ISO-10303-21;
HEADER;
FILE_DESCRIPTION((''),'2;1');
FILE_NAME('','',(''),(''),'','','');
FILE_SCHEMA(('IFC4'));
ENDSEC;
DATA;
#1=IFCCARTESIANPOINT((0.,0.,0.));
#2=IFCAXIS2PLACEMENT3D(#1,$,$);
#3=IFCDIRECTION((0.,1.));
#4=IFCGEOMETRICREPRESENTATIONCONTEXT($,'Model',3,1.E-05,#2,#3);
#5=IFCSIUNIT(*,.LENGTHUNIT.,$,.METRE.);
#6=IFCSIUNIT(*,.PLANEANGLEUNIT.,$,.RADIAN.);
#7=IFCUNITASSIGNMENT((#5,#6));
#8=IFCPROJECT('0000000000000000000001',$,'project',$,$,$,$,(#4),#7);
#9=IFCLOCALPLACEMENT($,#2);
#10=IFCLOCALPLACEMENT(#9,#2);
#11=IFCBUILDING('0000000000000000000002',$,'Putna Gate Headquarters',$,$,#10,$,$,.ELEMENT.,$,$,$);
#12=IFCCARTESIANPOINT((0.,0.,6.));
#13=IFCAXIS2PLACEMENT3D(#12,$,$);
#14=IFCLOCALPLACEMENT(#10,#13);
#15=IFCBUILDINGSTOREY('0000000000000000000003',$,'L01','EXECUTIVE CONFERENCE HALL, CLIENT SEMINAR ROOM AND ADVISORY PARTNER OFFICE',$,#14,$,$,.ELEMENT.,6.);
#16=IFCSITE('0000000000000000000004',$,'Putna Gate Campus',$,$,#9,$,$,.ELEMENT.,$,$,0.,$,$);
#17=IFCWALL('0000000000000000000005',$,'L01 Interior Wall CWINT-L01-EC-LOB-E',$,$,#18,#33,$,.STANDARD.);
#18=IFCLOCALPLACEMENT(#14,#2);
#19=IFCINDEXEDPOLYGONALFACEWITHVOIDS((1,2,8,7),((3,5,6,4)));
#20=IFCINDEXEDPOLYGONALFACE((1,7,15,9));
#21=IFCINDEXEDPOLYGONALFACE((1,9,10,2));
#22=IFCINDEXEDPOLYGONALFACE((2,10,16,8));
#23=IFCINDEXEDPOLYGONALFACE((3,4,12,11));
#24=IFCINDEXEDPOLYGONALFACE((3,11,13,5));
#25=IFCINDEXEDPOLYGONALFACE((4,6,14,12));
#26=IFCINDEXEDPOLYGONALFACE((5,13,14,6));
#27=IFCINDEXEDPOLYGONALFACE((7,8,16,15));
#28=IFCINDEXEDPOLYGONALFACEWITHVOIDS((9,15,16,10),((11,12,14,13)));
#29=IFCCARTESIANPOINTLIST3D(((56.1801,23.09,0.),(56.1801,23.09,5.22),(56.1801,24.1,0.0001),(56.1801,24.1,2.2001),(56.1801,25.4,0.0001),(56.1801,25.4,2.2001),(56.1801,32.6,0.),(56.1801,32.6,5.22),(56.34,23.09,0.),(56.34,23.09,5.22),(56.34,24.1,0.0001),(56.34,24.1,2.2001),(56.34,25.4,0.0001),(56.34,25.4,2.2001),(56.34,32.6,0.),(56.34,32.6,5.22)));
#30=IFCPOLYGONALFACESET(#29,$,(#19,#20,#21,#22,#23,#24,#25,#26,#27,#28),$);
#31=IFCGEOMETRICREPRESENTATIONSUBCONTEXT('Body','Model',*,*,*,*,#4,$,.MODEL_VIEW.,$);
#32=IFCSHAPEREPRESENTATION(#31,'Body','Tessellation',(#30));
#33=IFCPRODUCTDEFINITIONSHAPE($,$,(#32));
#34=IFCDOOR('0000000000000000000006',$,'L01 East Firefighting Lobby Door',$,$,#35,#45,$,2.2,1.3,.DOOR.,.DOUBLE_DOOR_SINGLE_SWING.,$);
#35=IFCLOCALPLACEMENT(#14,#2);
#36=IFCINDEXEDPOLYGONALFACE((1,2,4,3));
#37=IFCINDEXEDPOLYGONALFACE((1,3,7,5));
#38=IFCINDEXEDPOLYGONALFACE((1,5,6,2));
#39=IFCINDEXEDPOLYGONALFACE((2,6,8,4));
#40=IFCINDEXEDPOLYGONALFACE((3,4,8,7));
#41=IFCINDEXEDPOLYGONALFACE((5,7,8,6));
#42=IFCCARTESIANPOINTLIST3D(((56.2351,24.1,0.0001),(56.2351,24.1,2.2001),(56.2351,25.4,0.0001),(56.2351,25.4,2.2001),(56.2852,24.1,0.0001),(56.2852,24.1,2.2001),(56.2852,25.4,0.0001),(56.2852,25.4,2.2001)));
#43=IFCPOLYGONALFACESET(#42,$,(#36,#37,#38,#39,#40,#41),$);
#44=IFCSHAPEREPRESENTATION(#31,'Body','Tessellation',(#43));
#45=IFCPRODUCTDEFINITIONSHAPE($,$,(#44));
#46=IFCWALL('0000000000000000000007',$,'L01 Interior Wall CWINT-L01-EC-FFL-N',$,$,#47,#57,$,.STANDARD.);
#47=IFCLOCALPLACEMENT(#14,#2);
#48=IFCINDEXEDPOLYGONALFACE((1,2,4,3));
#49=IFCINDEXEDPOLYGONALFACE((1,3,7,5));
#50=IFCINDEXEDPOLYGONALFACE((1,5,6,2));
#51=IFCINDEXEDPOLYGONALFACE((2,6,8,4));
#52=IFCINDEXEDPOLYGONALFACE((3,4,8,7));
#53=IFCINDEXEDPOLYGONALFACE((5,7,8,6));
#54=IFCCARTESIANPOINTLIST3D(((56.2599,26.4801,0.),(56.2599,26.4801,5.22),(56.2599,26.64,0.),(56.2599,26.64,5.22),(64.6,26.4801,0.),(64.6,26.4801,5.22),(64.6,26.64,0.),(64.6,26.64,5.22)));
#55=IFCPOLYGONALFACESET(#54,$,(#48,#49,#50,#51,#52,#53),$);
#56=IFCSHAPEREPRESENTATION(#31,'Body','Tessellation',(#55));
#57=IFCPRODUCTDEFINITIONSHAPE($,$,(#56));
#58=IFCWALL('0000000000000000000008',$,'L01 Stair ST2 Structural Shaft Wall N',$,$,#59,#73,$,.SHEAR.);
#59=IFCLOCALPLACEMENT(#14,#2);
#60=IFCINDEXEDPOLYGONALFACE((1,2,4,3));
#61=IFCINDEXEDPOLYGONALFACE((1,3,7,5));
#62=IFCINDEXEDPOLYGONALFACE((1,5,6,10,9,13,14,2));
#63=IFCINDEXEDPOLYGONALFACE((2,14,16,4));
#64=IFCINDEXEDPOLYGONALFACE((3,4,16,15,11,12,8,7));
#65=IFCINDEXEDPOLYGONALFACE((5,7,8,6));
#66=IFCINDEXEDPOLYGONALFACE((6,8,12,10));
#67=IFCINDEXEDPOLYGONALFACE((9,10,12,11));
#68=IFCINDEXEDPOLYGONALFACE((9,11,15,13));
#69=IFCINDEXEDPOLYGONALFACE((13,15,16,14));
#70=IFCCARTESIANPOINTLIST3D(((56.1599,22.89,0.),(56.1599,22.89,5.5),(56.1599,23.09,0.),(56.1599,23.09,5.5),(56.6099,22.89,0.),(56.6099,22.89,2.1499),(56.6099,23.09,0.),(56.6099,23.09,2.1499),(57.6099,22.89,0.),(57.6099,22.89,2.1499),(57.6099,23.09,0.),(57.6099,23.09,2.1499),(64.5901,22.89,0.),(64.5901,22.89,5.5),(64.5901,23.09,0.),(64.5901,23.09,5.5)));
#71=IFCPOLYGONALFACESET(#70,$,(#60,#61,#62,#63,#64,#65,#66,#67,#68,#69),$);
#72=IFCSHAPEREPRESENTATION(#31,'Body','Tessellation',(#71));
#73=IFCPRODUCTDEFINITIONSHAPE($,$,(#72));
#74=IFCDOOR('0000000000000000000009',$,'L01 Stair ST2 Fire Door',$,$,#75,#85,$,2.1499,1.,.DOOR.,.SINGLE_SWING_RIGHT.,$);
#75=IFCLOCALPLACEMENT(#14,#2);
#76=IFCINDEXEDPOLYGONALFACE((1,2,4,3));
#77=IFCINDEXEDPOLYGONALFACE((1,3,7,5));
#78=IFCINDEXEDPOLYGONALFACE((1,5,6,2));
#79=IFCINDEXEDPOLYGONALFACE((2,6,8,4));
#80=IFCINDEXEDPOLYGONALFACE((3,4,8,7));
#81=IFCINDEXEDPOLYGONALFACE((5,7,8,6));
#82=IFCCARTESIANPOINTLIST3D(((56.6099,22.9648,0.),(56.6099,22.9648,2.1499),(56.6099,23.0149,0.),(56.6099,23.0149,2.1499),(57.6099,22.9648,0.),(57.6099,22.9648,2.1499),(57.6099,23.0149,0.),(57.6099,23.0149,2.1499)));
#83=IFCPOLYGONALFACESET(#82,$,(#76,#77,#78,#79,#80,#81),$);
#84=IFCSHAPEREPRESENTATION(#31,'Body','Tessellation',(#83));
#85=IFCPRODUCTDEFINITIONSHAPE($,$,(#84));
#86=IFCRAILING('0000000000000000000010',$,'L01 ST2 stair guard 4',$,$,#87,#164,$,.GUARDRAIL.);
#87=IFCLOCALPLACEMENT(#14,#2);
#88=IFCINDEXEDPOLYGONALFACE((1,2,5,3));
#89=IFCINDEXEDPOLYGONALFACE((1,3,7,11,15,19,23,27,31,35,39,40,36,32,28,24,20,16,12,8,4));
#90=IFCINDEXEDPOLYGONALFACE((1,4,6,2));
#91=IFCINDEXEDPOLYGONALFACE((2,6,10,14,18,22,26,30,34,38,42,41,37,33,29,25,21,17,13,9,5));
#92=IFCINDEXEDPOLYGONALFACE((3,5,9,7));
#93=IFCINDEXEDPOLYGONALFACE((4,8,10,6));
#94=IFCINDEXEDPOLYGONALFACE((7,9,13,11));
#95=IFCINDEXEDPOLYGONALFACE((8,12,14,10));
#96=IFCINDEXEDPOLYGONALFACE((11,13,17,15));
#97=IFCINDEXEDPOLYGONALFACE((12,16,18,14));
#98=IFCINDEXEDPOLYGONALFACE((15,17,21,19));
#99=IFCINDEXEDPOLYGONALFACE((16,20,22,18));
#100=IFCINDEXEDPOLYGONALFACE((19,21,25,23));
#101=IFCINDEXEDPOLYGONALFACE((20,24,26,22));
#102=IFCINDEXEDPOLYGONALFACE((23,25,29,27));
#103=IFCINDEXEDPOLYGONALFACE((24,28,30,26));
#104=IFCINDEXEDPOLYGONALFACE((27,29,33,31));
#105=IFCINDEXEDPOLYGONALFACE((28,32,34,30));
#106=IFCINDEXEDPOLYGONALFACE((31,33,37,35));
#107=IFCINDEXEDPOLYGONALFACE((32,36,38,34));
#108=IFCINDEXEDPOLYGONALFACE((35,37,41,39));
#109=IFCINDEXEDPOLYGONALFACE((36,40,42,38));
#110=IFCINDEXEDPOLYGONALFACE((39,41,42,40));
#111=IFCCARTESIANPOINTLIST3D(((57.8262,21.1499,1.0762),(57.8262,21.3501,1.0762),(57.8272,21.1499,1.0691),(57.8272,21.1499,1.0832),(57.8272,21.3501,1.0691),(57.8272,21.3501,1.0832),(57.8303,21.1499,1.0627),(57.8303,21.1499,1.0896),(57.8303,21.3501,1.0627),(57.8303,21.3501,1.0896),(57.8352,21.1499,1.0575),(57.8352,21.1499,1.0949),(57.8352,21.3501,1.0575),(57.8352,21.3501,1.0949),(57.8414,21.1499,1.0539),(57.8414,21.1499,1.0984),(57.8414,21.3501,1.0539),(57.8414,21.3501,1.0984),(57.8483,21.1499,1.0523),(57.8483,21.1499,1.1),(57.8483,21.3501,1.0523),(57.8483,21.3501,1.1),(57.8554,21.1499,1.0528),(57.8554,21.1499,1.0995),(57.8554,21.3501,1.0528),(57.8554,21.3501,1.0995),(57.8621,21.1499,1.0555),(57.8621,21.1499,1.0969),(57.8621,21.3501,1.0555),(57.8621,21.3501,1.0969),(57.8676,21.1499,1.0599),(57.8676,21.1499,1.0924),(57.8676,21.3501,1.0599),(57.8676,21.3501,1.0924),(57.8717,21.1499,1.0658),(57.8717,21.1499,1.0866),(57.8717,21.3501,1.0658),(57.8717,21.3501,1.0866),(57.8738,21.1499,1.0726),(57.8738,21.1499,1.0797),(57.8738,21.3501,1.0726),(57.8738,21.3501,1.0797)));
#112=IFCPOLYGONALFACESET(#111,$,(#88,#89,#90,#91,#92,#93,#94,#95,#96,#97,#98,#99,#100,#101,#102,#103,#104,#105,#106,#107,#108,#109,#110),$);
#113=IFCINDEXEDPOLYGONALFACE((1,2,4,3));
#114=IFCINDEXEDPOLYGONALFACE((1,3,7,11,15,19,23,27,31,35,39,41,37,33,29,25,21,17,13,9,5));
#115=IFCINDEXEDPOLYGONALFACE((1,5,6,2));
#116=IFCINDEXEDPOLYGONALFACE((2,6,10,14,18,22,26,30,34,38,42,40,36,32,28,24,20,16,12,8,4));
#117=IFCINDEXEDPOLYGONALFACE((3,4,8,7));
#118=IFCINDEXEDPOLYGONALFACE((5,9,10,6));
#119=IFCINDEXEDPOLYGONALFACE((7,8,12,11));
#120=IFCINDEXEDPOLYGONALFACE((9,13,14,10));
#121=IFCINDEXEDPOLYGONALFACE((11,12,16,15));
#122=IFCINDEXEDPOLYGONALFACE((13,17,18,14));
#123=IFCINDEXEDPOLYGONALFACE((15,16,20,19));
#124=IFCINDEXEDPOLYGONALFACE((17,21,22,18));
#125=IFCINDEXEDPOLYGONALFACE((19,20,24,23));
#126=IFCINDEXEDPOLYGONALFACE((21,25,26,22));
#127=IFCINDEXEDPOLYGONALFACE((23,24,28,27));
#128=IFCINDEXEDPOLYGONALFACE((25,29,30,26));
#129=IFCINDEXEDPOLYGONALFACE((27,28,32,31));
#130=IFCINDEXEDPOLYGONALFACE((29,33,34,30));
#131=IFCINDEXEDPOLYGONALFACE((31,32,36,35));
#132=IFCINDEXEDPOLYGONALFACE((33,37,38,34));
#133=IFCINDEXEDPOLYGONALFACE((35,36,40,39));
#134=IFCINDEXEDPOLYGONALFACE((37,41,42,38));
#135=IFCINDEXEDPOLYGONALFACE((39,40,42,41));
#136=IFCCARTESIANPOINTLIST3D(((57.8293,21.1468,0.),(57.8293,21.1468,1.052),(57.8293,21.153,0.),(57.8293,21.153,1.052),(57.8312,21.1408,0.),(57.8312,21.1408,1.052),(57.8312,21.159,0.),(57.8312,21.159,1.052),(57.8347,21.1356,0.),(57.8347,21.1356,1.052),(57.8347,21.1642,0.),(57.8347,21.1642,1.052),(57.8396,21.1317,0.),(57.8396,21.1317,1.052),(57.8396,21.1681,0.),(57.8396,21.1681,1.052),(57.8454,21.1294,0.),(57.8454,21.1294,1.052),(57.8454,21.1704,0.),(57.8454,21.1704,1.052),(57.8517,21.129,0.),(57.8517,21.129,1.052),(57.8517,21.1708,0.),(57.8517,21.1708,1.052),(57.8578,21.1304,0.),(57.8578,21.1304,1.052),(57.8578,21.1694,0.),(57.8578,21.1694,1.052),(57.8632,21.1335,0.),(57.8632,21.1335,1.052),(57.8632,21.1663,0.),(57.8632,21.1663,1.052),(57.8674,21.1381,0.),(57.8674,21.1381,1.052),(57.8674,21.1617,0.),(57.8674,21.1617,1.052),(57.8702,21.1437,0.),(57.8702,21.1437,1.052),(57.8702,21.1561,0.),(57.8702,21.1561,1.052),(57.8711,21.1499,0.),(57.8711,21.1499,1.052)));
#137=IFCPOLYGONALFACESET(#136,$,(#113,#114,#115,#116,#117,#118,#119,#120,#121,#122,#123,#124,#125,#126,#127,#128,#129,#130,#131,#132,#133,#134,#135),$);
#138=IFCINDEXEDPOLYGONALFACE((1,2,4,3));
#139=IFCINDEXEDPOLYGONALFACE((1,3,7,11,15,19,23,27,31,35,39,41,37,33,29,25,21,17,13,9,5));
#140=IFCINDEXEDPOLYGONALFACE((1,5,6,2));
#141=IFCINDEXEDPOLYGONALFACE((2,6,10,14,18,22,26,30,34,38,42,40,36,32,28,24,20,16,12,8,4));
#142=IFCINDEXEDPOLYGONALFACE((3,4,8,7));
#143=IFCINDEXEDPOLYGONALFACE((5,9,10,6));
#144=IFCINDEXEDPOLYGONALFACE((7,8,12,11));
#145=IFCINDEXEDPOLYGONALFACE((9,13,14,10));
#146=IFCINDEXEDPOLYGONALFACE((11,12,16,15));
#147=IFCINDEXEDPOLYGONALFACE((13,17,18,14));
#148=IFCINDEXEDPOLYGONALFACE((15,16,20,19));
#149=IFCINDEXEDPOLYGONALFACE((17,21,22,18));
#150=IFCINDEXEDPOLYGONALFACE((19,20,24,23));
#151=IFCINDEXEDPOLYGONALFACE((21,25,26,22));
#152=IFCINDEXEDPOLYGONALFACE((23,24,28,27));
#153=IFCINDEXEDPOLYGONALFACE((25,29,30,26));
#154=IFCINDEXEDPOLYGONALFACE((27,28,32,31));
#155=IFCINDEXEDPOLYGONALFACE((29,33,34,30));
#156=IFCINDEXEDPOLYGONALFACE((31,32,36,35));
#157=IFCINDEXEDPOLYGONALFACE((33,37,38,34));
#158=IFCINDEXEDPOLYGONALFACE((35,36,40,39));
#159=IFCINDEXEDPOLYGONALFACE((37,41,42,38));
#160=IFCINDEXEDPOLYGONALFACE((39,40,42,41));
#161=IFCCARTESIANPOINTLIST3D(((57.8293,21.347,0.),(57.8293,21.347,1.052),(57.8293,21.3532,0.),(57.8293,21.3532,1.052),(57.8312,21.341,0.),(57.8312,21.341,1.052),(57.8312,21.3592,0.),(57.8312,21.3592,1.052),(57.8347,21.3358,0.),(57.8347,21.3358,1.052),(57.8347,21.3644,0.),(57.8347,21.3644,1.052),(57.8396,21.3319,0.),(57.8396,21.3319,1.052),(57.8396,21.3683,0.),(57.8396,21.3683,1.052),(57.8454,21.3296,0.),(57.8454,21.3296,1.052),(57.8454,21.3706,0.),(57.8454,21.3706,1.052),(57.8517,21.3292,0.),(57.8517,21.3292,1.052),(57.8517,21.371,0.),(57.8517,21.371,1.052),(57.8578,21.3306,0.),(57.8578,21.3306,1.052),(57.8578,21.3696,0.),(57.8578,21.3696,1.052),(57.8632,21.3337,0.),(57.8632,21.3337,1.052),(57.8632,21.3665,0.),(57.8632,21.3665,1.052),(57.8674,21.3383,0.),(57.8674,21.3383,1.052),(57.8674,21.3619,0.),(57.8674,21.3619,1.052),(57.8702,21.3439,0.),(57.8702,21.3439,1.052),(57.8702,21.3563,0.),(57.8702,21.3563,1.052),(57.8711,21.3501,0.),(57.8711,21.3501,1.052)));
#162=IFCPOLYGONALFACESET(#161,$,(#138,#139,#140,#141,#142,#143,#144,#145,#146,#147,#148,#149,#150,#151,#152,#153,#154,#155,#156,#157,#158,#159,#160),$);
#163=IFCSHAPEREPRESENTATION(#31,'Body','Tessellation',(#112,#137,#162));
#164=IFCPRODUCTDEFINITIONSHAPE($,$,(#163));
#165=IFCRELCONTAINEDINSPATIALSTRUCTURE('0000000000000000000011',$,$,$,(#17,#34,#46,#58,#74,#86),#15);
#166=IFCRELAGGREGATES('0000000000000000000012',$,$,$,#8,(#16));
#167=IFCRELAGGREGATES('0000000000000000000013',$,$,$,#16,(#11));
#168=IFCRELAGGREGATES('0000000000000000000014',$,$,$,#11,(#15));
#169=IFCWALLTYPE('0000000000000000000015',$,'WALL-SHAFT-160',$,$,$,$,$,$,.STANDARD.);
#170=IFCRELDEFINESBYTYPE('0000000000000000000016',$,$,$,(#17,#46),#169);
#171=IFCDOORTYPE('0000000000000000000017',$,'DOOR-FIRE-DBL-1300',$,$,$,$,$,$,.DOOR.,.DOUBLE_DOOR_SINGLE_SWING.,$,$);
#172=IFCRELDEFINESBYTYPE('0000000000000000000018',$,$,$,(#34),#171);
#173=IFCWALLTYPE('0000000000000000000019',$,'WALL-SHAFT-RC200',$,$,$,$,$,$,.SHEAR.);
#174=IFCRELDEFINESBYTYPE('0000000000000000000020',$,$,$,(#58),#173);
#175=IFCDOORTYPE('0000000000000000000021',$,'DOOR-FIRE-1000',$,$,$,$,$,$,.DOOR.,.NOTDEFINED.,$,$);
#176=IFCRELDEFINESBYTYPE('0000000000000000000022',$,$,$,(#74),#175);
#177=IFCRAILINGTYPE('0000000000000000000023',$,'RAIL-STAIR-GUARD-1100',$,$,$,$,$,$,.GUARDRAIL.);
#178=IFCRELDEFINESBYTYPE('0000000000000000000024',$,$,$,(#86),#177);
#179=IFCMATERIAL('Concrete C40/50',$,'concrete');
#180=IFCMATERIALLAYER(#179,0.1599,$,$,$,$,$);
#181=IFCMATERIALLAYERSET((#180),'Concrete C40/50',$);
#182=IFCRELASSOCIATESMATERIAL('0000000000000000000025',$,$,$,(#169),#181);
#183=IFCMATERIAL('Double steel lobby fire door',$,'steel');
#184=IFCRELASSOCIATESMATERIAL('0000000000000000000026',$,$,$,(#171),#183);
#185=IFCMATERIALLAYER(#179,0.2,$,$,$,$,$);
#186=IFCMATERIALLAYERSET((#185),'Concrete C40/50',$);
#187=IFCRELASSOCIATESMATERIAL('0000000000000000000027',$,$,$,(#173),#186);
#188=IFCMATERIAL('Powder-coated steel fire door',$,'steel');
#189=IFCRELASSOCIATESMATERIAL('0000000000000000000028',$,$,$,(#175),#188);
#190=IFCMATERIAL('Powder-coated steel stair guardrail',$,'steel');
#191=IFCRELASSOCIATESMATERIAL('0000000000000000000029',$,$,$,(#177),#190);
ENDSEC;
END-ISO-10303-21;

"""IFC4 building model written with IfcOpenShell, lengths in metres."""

from ifc_helpers import new_model, si_unit, direction, frame, frame_2d, origin, origin_2d, place, context, subcontext, project, spatial, rectangle, circle, extrude, material, layer, layer_set, type_object, element, fill, save


model = new_model("IFC4")

# Units and contexts
model_context = context("Model", 3, precision=1e-05, world=origin(), true_north=direction((0.0, 1.0)))
body_context = subcontext(model_context, "Body", "Model", "MODEL_VIEW")
ifc_project = project(units=[si_unit("LENGTHUNIT", "METRE"), si_unit("PLANEANGLEUNIT", "RADIAN")], contexts=[model_context])

# Site, building, storey
site_placement = place(None, origin())
site = spatial("IfcSite", under=ifc_project, at=site_placement, Name="Putna Gate Campus", CompositionType="ELEMENT", RefElevation=0.0)
building_placement = place(site_placement, origin())
building = spatial("IfcBuilding", under=site, at=building_placement, Name="Putna Gate Headquarters", CompositionType="ELEMENT")
storey_placement = place(building_placement, frame((0.0, 0.0, 6.0)))
storey = spatial("IfcBuildingStorey", under=building, at=storey_placement, Name="L01", Description="EXECUTIVE CONFERENCE HALL, CLIENT SEMINAR ROOM AND ADVISORY PARTNER OFFICE", CompositionType="ELEMENT", Elevation=6.0)

# Wall, opening, door
ifc_material_1 = material(Name="Concrete C40/50", Category="concrete")
ifc_layer_1 = layer(ifc_material_1, 0.1599)
ifc_layer_set_1 = layer_set([ifc_layer_1], Name="Concrete C40/50")
wall_type_1 = type_object("IfcWallType", Name="WALL-SHAFT-160", PredefinedType="STANDARD", material=ifc_layer_set_1)
wall_1_placement = place(storey_placement, frame((56.26, 23.0901, 0.0), z_axis=(0.0, 0.0, 1.0), x_axis=(0.0, 1.0, 0.0)))
wall_1 = element("IfcWall", 1, at=wall_1_placement, inside=storey, type_object=wall_type_1, Name="L01 Interior Wall CWINT-L01-EC-LOB-E", PredefinedType="STANDARD", context=body_context, shape_type="SweptSolid", body=[
    extrude(rectangle(XDim=9.51, YDim=0.1599, at=frame_2d((4.7549, 0.0))), origin(), (0.0, 0.0, 1.0), 5.22),
])
opening_1_placement = place(wall_1_placement, frame((1.01, 0.0, 0.0)))
opening_1 = element("IfcOpeningElement", 2, at=opening_1_placement, cuts=wall_1, PredefinedType="OPENING", context=body_context, shape_type="SweptSolid", body=[
    extrude(rectangle(XDim=1.3, YDim=2.2, at=frame_2d((0.6499, 1.1001))), frame((0.0, 0.0898, 0.0), z_axis=(0.0, -1.0, 0.0), x_axis=(1.0, 0.0, 0.0)), (0.0, 0.0, 1.0), 0.1799),
])
ifc_material_2 = material(Name="Double steel lobby fire door", Category="steel")
door_type_1 = type_object("IfcDoorType", Name="DOOR-FIRE-DBL-1300", OperationType="DOUBLE_DOOR_SINGLE_SWING", PredefinedType="DOOR", material=ifc_material_2)
door_1_placement = place(opening_1_placement, origin())
door_1 = element("IfcDoor", 3, at=door_1_placement, inside=storey, type_object=door_type_1, Name="L01 East Firefighting Lobby Door", OperationType="DOUBLE_DOOR_SINGLE_SWING", OverallHeight=2.2, OverallWidth=1.3, PredefinedType="DOOR", context=body_context, shape_type="SweptSolid", body=[
    extrude(rectangle(XDim=1.3, YDim=2.2, at=frame_2d((0.6499, 1.1001))), frame((0.0, 0.0249, 0.0), z_axis=(0.0, -1.0, 0.0), x_axis=(1.0, 0.0, 0.0)), (0.0, 0.0, 1.0), 0.05),
])
fill(opening_1, door_1)

# Wall
wall_2_placement = place(storey_placement, frame((56.26, 26.5601, 0.0), z_axis=(0.0, 0.0, 1.0), x_axis=(1.0, 0.0, 0.0)))
element("IfcWall", 4, at=wall_2_placement, inside=storey, type_object=wall_type_1, Name="L01 Interior Wall CWINT-L01-EC-FFL-N", PredefinedType="STANDARD", context=body_context, shape_type="SweptSolid", body=[
    extrude(rectangle(XDim=8.3401, YDim=0.1599, at=frame_2d((4.1699, 0.0))), origin(), (0.0, 0.0, 1.0), 5.22),
])

# Wall, opening, door
ifc_layer_2 = layer(ifc_material_1, 0.2)
ifc_layer_set_2 = layer_set([ifc_layer_2], Name="Concrete C40/50")
wall_type_2 = type_object("IfcWallType", Name="WALL-SHAFT-RC200", PredefinedType="SHEAR", material=ifc_layer_set_2)
wall_3_placement = place(storey_placement, frame((56.1599, 22.99, 0.0), z_axis=(0.0, 0.0, 1.0), x_axis=(1.0, 0.0, 0.0)))
wall_3 = element("IfcWall", 5, at=wall_3_placement, inside=storey, type_object=wall_type_2, Name="L01 Stair ST2 Structural Shaft Wall N", PredefinedType="SHEAR", context=body_context, shape_type="SweptSolid", body=[
    extrude(rectangle(XDim=8.4302, YDim=0.2, at=frame_2d((4.2151, 0.0))), origin(), (0.0, 0.0, 1.0), 5.5),
])
opening_2_placement = place(wall_3_placement, frame((0.45, 0.0, 0.0)))
opening_2 = element("IfcOpeningElement", 6, at=opening_2_placement, cuts=wall_3, PredefinedType="OPENING", context=body_context, shape_type="SweptSolid", body=[
    extrude(rectangle(XDim=1.0, YDim=2.1499, at=frame_2d((0.5, 1.075))), frame((0.0, 0.1099, 0.0), z_axis=(0.0, -1.0, 0.0), x_axis=(1.0, 0.0, 0.0)), (0.0, 0.0, 1.0), 0.22),
])
ifc_material_3 = material(Name="Powder-coated steel fire door", Category="steel")
door_type_2 = type_object("IfcDoorType", Name="DOOR-FIRE-1000", OperationType="NOTDEFINED", PredefinedType="DOOR", material=ifc_material_3)
door_2_placement = place(opening_2_placement, origin())
door_2 = element("IfcDoor", 7, at=door_2_placement, inside=storey, type_object=door_type_2, Name="L01 Stair ST2 Fire Door", OperationType="SINGLE_SWING_RIGHT", OverallHeight=2.1499, OverallWidth=1.0, PredefinedType="DOOR", context=body_context, shape_type="SweptSolid", body=[
    extrude(rectangle(XDim=1.0, YDim=2.1499, at=frame_2d((0.5, 1.075))), frame((0.0, 0.0249, 0.0), z_axis=(0.0, -1.0, 0.0), x_axis=(1.0, 0.0, 0.0)), (0.0, 0.0, 1.0), 0.05),
])
fill(opening_2, door_2)

# Railing
ifc_material_4 = material(Name="Powder-coated steel stair guardrail", Category="steel")
railing_type = type_object("IfcRailingType", Name="RAIL-STAIR-GUARD-1100", PredefinedType="GUARDRAIL", material=ifc_material_4)
railing_placement = place(storey_placement, frame((57.8501, 21.1499, 0.0)))
element("IfcRailing", 8, at=railing_placement, inside=storey, type_object=railing_type, Name="L01 ST2 stair guard 4", PredefinedType="GUARDRAIL", context=body_context, shape_type="SweptSolid", body=[
    extrude(circle(Radius=0.0239, at=origin_2d()), frame((0.0, 0.0, 1.0762), z_axis=(0.0, 1.0, 0.0), x_axis=(-1.0, 0.0, 0.0)), (0.0, 0.0, 1.0), 0.2002),
    extrude(circle(Radius=0.021, at=origin_2d()), origin(), (0.0, 0.0, 1.0), 1.052),
    extrude(circle(Radius=0.021, at=origin_2d()), frame((0.0, 0.2002, 0.0)), (0.0, 0.0, 1.0), 1.052),
])

save(model, "model.ifc")
